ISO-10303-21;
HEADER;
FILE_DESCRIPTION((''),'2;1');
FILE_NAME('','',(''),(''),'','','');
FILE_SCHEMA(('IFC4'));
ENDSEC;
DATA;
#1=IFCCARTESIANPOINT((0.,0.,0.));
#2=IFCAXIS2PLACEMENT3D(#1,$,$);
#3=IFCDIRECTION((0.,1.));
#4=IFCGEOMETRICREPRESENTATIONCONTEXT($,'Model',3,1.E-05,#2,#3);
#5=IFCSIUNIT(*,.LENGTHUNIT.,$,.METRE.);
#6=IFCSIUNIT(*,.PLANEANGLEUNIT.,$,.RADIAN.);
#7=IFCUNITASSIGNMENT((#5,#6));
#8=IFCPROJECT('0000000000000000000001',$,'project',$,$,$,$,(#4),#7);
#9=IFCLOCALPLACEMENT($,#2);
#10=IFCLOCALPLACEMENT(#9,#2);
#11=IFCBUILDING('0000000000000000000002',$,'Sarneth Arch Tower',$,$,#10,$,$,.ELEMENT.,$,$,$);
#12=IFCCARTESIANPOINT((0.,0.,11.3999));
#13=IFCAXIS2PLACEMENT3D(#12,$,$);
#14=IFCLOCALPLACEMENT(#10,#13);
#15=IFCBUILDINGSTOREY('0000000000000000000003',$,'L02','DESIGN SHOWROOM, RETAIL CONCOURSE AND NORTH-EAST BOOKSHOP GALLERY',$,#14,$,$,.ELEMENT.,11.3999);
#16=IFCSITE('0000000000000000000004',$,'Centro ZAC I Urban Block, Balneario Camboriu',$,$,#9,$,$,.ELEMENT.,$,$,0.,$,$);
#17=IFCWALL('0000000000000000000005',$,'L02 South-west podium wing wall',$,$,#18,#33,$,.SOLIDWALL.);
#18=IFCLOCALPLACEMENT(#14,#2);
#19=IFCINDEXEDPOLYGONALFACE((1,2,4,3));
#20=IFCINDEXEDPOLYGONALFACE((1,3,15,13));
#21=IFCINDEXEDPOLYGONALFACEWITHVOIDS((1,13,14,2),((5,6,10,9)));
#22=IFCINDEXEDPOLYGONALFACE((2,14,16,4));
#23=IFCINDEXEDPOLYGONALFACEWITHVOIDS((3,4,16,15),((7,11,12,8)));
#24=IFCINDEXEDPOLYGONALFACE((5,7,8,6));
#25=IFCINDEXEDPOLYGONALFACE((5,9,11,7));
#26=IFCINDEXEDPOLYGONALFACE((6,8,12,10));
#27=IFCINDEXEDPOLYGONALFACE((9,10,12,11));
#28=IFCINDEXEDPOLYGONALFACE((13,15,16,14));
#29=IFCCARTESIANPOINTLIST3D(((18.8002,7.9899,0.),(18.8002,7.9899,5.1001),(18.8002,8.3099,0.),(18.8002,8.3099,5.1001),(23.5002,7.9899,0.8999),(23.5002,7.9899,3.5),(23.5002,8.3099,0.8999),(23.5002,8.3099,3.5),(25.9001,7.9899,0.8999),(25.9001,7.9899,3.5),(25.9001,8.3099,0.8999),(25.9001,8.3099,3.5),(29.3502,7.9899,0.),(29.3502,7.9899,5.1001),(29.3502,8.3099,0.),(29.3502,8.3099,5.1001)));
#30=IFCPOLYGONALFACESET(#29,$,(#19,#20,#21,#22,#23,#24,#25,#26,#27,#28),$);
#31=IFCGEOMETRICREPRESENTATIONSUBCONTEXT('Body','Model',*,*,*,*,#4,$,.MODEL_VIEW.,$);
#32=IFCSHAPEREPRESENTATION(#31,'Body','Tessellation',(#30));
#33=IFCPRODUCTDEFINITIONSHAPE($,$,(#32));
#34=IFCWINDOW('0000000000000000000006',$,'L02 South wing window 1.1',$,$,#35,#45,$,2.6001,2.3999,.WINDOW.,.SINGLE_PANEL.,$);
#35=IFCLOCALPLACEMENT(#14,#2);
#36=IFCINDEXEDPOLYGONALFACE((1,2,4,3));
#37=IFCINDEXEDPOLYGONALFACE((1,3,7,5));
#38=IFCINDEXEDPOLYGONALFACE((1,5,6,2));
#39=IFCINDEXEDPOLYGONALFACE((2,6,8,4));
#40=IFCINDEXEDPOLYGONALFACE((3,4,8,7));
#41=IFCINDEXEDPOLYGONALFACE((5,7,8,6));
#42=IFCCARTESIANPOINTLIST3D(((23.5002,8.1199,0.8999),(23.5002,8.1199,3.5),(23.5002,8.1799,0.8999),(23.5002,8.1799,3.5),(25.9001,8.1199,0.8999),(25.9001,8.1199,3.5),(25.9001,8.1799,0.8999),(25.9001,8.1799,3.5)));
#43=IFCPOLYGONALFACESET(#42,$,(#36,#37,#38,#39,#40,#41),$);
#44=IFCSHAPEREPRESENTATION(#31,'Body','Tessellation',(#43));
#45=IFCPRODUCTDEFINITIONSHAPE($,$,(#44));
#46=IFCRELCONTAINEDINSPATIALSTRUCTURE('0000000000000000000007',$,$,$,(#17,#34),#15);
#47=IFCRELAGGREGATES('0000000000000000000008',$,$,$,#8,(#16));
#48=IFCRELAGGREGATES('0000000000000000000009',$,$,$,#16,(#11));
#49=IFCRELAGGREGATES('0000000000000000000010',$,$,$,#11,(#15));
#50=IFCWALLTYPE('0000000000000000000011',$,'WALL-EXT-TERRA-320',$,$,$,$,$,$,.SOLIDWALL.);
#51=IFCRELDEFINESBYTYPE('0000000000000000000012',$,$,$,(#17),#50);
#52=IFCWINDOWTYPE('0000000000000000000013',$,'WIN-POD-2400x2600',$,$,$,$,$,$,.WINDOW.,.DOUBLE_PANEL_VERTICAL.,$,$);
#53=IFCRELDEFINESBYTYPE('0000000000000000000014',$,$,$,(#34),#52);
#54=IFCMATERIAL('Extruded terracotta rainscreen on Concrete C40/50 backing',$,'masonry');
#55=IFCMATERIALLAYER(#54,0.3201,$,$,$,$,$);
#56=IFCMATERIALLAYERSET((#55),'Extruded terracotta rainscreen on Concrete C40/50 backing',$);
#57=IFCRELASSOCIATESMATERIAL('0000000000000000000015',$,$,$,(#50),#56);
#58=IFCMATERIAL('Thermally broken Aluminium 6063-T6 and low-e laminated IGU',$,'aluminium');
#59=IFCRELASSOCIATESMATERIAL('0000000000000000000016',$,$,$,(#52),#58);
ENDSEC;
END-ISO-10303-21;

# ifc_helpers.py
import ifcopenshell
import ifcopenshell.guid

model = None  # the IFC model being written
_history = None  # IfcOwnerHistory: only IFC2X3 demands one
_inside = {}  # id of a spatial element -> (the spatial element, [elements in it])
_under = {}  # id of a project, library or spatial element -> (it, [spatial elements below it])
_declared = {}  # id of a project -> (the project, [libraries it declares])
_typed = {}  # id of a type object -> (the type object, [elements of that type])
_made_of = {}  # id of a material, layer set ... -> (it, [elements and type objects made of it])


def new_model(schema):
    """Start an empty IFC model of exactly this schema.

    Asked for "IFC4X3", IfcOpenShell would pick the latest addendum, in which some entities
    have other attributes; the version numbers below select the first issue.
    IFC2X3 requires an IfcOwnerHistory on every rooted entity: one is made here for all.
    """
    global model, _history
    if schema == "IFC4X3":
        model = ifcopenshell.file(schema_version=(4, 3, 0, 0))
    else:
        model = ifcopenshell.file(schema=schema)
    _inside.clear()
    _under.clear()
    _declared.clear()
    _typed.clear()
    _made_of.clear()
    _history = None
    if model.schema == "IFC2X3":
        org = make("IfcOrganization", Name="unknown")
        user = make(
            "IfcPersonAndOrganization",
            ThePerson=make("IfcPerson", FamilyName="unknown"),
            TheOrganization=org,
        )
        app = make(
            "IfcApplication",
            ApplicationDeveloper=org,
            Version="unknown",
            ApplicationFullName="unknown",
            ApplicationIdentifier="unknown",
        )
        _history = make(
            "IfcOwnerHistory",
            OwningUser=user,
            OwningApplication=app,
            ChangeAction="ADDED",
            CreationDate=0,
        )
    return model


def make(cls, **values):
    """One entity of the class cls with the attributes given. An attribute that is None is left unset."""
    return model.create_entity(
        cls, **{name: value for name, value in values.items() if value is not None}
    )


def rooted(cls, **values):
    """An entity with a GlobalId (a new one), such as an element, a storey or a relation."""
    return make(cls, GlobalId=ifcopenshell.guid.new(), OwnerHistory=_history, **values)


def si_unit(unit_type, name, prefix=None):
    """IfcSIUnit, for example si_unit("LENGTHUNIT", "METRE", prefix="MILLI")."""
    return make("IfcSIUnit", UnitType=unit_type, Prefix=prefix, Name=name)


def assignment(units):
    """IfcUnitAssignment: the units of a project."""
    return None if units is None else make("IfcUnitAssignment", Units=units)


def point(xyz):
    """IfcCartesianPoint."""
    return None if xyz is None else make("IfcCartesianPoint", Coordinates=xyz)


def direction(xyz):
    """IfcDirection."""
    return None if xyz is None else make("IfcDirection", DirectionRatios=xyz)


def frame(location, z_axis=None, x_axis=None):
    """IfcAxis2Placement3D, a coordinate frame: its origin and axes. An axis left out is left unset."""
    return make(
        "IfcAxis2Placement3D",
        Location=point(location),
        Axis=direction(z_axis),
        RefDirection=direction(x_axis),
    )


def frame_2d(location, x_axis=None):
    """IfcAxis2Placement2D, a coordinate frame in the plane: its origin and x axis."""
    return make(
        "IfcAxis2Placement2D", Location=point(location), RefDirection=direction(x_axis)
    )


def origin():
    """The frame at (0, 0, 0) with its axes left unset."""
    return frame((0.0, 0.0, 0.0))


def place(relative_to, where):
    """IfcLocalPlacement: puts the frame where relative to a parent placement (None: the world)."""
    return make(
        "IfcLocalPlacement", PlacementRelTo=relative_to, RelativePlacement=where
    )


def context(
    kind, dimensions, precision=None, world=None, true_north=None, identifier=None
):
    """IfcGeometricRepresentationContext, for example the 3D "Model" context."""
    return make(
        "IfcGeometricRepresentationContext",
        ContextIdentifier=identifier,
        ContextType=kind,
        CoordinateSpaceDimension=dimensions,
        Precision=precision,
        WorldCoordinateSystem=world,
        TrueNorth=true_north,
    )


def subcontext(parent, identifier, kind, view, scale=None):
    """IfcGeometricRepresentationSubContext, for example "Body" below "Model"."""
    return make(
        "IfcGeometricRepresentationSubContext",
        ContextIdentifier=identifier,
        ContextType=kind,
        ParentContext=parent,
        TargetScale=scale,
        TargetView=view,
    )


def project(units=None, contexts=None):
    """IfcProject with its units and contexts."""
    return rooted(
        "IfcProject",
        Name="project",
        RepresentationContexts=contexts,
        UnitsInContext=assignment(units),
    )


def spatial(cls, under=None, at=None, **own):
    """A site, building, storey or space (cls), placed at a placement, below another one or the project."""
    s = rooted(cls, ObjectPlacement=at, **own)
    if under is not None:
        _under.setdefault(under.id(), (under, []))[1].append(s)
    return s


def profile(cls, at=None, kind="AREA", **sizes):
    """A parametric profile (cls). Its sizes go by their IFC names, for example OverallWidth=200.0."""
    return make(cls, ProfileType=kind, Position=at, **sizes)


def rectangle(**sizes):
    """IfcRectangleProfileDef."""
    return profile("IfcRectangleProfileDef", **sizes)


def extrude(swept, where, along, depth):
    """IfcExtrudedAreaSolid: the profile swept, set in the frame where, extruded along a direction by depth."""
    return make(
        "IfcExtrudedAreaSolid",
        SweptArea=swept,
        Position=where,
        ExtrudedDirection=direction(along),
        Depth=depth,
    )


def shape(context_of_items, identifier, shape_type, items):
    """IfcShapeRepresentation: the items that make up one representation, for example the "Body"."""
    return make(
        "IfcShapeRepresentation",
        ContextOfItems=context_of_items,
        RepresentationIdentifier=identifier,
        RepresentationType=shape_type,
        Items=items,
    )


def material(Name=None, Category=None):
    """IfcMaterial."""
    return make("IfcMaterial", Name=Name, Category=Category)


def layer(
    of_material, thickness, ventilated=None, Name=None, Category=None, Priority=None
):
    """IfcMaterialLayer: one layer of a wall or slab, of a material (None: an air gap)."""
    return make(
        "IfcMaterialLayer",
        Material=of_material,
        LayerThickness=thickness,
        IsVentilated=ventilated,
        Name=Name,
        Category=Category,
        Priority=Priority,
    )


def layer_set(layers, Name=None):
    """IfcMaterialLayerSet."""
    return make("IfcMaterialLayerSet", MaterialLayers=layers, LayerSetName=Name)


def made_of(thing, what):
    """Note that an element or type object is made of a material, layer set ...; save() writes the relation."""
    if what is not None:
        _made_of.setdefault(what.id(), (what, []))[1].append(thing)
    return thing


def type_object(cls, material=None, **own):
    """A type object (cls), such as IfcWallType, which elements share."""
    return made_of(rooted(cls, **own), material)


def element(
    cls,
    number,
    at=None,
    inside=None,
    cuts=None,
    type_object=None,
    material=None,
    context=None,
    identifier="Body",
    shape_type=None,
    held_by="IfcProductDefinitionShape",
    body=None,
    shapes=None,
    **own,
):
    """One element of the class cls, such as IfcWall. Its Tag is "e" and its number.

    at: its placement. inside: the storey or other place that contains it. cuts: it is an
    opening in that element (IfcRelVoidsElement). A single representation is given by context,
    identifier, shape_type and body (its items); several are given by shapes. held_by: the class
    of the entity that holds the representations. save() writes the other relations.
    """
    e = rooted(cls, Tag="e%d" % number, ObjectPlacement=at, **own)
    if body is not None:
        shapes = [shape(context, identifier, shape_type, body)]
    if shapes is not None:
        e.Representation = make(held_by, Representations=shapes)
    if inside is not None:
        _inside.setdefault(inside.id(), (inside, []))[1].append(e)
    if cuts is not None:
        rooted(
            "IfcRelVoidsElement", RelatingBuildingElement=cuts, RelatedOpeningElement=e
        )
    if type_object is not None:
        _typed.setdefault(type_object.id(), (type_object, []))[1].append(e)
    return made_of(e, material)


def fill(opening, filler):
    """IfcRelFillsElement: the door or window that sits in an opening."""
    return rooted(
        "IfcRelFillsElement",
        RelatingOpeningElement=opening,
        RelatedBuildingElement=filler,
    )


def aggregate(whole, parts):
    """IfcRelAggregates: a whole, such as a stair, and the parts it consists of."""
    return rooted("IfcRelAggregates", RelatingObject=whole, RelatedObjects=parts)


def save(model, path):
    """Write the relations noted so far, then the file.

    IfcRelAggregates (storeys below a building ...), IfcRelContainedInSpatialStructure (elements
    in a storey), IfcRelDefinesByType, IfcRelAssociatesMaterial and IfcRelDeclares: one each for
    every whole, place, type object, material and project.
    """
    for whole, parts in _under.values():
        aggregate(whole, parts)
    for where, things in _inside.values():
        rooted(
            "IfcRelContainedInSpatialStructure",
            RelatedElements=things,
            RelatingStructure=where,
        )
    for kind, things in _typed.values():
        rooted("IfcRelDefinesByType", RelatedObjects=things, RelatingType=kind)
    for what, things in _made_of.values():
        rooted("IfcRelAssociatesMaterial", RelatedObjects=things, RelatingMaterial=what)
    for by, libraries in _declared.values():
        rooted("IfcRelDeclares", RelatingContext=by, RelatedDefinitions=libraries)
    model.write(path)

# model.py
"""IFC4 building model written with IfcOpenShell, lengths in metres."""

from ifc_helpers import new_model, si_unit, direction, frame, frame_2d, origin, place, context, subcontext, project, spatial, rectangle, extrude, material, layer, layer_set, type_object, element, fill, save


model = new_model("IFC4")

# Units and contexts
model_context = context("Model", 3, precision=1e-05, world=origin(), true_north=direction((0.0, 1.0)))
body_context = subcontext(model_context, "Body", "Model", "MODEL_VIEW")
ifc_project = project(units=[si_unit("LENGTHUNIT", "METRE"), si_unit("PLANEANGLEUNIT", "RADIAN")], contexts=[model_context])

# Site, building, storey
site_placement = place(None, origin())
site = spatial("IfcSite", under=ifc_project, at=site_placement, Name="Centro ZAC I Urban Block, Balneario Camboriu", CompositionType="ELEMENT", RefElevation=0.0)
building_placement = place(site_placement, origin())
building = spatial("IfcBuilding", under=site, at=building_placement, Name="Sarneth Arch Tower", CompositionType="ELEMENT")
storey_placement = place(building_placement, frame((0.0, 0.0, 11.3999)))
storey = spatial("IfcBuildingStorey", under=building, at=storey_placement, Name="L02", Description="DESIGN SHOWROOM, RETAIL CONCOURSE AND NORTH-EAST BOOKSHOP GALLERY", CompositionType="ELEMENT", Elevation=11.3999)

# Wall, opening, window
ifc_material_1 = material(Name="Extruded terracotta rainscreen on Concrete C40/50 backing", Category="masonry")
ifc_layer_1 = layer(ifc_material_1, 0.3201)
ifc_layer_set_1 = layer_set([ifc_layer_1], Name="Extruded terracotta rainscreen on Concrete C40/50 backing")
wall_type_1 = type_object("IfcWallType", Name="WALL-EXT-TERRA-320", PredefinedType="SOLIDWALL", material=ifc_layer_set_1)
wall_1_placement = place(storey_placement, frame((29.3501, 8.1499, 0.0), z_axis=(0.0, 0.0, 1.0), x_axis=(-1.0, 0.0, 0.0)))
wall_1 = element("IfcWall", 1, at=wall_1_placement, inside=storey, type_object=wall_type_1, Name="L02 South-west podium wing wall", PredefinedType="SOLIDWALL", context=body_context, shape_type="SweptSolid", body=[
    extrude(rectangle(XDim=10.55, YDim=0.3201, at=frame_2d((5.2749, 0.0))), origin(), (0.0, 0.0, 1.0), 5.1001),
])
opening_placement = place(wall_1_placement, frame((3.45, 0.0, 0.8999)))
opening = element("IfcOpeningElement", 2, at=opening_placement, cuts=wall_1, PredefinedType="OPENING", context=body_context, shape_type="SweptSolid", body=[
    extrude(rectangle(XDim=2.3999, YDim=2.6001, at=frame_2d((1.2, 1.3))), frame((0.0, 0.1699, 0.0), z_axis=(0.0, -1.0, 0.0), x_axis=(1.0, 0.0, 0.0)), (0.0, 0.0, 1.0), 0.3401),
])
ifc_material_2 = material(Name="Thermally broken Aluminium 6063-T6 and low-e laminated IGU", Category="aluminium")
window_type = type_object("IfcWindowType", Name="WIN-POD-2400x2600", PartitioningType="DOUBLE_PANEL_VERTICAL", PredefinedType="WINDOW", material=ifc_material_2)
window_placement = place(opening_placement, origin())
window = element("IfcWindow", 3, at=window_placement, inside=storey, type_object=window_type, Name="L02 South wing window 1.1", OverallHeight=2.6001, OverallWidth=2.3999, PartitioningType="SINGLE_PANEL", PredefinedType="WINDOW", context=body_context, shape_type="SweptSolid", body=[
    extrude(rectangle(XDim=2.3999, YDim=2.6001, at=frame_2d((1.2, 1.3))), frame((0.0, 0.03, 0.0), z_axis=(0.0, -1.0, 0.0), x_axis=(1.0, 0.0, 0.0)), (0.0, 0.0, 1.0), 0.0601),
])
fill(opening, window)

save(model, "model.ifc")
